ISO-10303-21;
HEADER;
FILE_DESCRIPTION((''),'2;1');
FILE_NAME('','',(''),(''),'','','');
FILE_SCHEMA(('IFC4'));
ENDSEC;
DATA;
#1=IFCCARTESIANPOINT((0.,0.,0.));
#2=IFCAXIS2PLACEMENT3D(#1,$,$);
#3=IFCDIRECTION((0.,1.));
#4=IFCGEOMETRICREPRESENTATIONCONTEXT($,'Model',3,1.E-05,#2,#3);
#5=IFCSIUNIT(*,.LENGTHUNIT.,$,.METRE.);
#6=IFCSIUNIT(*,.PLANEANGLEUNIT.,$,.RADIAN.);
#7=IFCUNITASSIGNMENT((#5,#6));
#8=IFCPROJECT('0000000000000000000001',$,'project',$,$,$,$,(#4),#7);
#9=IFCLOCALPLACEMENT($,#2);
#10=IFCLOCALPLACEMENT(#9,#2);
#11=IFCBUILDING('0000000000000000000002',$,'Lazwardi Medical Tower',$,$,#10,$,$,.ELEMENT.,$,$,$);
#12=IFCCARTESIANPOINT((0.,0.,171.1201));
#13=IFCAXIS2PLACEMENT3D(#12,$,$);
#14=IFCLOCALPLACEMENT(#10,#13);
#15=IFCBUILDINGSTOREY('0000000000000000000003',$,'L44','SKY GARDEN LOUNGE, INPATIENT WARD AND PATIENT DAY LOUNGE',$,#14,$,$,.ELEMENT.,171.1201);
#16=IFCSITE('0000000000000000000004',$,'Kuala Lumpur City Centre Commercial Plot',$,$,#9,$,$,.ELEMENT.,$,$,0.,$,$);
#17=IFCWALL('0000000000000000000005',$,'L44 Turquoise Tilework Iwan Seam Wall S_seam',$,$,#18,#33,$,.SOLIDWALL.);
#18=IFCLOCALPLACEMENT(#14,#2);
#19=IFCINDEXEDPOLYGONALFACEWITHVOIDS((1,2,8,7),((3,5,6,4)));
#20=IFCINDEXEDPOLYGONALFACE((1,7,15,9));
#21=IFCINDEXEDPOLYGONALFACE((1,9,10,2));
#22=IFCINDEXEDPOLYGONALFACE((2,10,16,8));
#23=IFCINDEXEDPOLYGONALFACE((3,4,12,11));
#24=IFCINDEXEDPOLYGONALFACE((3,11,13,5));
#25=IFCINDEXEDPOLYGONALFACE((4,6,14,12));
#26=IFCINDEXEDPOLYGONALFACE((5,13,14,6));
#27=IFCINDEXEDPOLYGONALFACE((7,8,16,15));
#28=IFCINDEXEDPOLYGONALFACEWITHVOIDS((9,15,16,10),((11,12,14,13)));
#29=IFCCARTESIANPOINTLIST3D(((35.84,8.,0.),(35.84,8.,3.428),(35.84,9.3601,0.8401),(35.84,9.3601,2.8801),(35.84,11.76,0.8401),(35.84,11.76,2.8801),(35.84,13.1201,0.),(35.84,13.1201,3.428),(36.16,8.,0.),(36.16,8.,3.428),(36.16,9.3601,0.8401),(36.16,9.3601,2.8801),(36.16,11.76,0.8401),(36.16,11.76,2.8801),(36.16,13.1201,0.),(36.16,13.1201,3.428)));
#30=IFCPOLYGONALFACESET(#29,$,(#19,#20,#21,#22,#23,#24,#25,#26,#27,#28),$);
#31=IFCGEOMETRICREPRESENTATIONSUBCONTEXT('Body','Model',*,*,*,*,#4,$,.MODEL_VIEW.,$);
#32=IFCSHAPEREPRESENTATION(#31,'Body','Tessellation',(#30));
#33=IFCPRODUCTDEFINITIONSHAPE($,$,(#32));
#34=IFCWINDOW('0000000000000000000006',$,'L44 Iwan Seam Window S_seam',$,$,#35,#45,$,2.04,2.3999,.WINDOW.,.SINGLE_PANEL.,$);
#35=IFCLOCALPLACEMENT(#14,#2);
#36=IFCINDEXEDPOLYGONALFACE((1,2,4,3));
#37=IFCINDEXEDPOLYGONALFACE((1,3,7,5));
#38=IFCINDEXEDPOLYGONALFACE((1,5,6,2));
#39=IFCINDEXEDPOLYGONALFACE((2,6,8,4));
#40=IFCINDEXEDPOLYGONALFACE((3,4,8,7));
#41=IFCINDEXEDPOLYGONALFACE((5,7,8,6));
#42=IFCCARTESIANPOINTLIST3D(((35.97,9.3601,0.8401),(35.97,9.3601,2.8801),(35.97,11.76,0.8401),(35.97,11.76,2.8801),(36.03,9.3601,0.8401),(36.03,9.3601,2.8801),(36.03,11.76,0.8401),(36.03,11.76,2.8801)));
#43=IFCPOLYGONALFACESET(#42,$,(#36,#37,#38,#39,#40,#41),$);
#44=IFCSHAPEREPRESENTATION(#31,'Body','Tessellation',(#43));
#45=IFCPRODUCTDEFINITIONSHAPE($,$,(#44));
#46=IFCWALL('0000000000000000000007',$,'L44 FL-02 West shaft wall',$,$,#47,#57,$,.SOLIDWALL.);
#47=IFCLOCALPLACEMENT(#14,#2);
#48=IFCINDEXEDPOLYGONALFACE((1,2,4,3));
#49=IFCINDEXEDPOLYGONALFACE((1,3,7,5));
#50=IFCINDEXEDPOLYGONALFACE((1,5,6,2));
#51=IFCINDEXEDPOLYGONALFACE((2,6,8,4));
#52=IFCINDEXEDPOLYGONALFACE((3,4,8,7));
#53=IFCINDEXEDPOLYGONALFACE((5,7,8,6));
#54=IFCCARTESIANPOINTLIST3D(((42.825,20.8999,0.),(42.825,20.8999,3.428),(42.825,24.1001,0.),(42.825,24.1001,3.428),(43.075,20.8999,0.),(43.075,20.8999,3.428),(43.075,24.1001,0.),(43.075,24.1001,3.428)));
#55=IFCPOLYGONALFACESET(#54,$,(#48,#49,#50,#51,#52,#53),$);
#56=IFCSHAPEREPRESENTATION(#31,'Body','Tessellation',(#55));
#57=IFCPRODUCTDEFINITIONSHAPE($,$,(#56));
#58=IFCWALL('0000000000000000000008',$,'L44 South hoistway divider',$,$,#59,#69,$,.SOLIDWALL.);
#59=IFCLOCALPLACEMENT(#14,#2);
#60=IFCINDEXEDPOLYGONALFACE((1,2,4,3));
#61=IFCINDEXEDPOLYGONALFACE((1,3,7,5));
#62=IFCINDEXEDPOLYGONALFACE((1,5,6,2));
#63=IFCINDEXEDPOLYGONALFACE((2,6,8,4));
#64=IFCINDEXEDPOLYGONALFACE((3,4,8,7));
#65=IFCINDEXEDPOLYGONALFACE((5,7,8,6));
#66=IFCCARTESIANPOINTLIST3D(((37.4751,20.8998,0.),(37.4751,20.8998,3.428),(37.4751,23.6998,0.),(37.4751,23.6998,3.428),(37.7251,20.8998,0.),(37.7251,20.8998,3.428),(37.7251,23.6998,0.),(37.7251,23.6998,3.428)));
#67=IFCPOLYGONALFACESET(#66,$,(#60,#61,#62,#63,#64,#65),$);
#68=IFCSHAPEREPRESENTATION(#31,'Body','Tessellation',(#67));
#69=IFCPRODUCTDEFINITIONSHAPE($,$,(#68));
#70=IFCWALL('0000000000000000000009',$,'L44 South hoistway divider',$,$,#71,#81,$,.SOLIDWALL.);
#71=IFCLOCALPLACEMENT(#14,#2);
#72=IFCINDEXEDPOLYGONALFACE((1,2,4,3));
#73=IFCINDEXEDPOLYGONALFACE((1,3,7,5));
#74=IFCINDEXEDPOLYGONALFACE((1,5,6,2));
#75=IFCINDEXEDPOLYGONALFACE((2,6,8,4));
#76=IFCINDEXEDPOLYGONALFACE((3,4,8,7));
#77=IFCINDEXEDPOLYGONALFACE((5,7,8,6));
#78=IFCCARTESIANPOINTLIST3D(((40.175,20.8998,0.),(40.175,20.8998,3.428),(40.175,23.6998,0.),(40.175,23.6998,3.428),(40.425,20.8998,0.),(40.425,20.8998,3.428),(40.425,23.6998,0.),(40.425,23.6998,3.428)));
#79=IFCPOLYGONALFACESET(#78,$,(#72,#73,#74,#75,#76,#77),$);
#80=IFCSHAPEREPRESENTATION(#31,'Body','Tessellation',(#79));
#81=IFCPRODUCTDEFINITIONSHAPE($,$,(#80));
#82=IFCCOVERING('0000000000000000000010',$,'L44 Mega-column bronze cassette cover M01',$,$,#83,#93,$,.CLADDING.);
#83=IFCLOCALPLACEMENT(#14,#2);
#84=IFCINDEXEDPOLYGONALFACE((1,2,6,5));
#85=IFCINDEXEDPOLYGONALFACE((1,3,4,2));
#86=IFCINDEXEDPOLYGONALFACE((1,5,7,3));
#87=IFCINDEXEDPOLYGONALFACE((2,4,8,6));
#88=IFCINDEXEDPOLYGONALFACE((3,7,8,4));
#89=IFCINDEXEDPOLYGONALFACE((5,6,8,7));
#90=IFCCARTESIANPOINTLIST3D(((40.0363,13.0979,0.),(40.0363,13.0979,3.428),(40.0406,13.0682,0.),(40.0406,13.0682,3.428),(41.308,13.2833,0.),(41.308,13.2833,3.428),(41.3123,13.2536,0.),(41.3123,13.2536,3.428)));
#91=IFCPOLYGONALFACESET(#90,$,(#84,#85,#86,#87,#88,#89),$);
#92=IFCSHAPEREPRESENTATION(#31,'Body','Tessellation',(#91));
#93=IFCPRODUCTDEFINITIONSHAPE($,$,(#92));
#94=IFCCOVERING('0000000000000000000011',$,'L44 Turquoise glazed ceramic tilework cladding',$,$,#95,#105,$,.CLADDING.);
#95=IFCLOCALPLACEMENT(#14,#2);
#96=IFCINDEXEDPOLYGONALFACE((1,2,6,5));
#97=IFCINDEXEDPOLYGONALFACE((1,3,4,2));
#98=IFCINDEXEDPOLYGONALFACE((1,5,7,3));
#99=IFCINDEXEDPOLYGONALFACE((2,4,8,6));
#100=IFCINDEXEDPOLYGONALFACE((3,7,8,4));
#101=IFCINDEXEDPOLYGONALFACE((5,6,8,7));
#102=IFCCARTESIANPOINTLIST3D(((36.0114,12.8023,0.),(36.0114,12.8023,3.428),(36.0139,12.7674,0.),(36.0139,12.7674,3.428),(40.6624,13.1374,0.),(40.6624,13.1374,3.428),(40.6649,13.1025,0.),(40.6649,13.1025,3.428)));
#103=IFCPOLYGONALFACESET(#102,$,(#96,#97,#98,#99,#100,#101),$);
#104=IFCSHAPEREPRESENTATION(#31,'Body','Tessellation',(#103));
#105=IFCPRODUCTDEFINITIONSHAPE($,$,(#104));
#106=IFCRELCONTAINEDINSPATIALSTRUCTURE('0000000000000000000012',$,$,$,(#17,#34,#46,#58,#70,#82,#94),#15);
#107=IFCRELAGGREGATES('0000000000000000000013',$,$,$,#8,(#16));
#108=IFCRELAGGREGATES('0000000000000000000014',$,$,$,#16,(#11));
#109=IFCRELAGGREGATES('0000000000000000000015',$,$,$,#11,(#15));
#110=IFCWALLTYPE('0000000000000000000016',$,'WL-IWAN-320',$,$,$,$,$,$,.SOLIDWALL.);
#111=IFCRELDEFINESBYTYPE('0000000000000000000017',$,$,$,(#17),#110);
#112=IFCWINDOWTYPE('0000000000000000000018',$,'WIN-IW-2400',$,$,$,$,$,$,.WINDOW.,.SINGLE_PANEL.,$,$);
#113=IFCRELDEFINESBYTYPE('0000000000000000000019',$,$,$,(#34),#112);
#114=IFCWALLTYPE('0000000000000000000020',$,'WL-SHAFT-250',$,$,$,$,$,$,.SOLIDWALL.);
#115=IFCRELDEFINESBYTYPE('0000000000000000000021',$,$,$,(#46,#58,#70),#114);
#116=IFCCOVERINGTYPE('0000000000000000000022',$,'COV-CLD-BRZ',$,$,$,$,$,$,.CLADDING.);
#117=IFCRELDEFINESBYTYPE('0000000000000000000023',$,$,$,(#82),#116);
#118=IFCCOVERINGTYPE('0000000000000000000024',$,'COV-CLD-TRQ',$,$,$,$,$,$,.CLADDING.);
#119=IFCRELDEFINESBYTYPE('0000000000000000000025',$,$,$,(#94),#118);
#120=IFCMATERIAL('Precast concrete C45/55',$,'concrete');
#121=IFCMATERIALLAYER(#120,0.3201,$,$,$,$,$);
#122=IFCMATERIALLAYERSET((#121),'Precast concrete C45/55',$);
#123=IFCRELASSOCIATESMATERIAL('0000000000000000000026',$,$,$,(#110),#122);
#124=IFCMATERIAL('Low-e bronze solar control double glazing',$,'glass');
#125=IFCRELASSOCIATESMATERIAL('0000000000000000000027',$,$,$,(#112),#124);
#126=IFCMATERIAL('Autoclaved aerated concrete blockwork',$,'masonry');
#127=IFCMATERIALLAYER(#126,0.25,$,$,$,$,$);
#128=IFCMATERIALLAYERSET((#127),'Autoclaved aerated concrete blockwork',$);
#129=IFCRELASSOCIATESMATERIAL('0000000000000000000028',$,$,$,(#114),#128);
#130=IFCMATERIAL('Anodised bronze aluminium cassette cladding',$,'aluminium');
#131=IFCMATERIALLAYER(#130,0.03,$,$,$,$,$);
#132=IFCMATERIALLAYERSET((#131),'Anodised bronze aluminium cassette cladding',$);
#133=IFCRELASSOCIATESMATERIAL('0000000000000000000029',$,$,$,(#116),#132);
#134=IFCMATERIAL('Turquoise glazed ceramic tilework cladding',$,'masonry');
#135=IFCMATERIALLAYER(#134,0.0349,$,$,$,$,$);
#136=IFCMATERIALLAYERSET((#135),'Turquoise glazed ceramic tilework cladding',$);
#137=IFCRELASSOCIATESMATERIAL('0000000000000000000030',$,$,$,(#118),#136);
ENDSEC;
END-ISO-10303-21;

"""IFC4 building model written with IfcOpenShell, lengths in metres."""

from ifc_helpers import new_model, si_unit, direction, frame, frame_2d, origin, origin_2d, place, context, subcontext, project, spatial, rectangle, extrude, material, layer, layer_set, type_object, element, fill, save


model = new_model("IFC4")

# Units and contexts
model_context = context("Model", 3, precision=1e-05, world=origin(), true_north=direction((0.0, 1.0)))
body_context = subcontext(model_context, "Body", "Model", "MODEL_VIEW")
ifc_project = project(units=[si_unit("LENGTHUNIT", "METRE"), si_unit("PLANEANGLEUNIT", "RADIAN")], contexts=[model_context])

# Site, building, storey
site_placement = place(None, origin())
site = spatial("IfcSite", under=ifc_project, at=site_placement, Name="Kuala Lumpur City Centre Commercial Plot", CompositionType="ELEMENT", RefElevation=0.0)
building_placement = place(site_placement, origin())
building = spatial("IfcBuilding", under=site, at=building_placement, Name="Lazwardi Medical Tower", CompositionType="ELEMENT")
storey_placement = place(building_placement, frame((0.0, 0.0, 171.1201)))
storey = spatial("IfcBuildingStorey", under=building, at=storey_placement, Name="L44", Description="SKY GARDEN LOUNGE, INPATIENT WARD AND PATIENT DAY LOUNGE", CompositionType="ELEMENT", Elevation=171.1201)

# Shared definitions
ifc_material_1 = material(Name="Low-e bronze solar control double glazing", Category="glass")

# Wall, opening, window
ifc_material_2 = material(Name="Precast concrete C45/55", Category="concrete")
ifc_layer_1 = layer(ifc_material_2, 0.3201)
ifc_layer_set_1 = layer_set([ifc_layer_1], Name="Precast concrete C45/55")
wall_type_1 = type_object("IfcWallType", Name="WL-IWAN-320", PredefinedType="SOLIDWALL", material=ifc_layer_set_1)
wall_1_placement = place(storey_placement, frame((36.0, 8.0, 0.0), z_axis=(0.0, 0.0, 1.0), x_axis=(0.0, 1.0, 0.0)))
wall_1 = element("IfcWall", 1, at=wall_1_placement, inside=storey, type_object=wall_type_1, Name="L44 Turquoise Tilework Iwan Seam Wall S_seam", PredefinedType="SOLIDWALL", context=body_context, shape_type="SweptSolid", body=[
    extrude(rectangle(XDim=5.1201, YDim=0.3201, at=frame_2d((2.5601, 0.0))), origin(), (0.0, 0.0, 1.0), 3.428),
])
opening_placement = place(wall_1_placement, frame((1.3601, 0.0, 0.8401)))
opening = element("IfcOpeningElement", 2, at=opening_placement, cuts=wall_1, PredefinedType="OPENING", context=body_context, shape_type="SweptSolid", body=[
    extrude(rectangle(XDim=2.3999, YDim=2.04, at=frame_2d((1.2, 1.02))), frame((0.0, 0.1699, 0.0), z_axis=(0.0, -1.0, 0.0), x_axis=(1.0, 0.0, 0.0)), (0.0, 0.0, 1.0), 0.3401),
])
window_type = type_object("IfcWindowType", Name="WIN-IW-2400", PartitioningType="SINGLE_PANEL", PredefinedType="WINDOW", material=ifc_material_1)
window_placement = place(opening_placement, origin())
window = element("IfcWindow", 3, at=window_placement, inside=storey, type_object=window_type, Name="L44 Iwan Seam Window S_seam", OverallHeight=2.04, OverallWidth=2.3999, PartitioningType="SINGLE_PANEL", PredefinedType="WINDOW", context=body_context, shape_type="SweptSolid", body=[
    extrude(rectangle(XDim=2.3999, YDim=2.04, at=frame_2d((1.2, 1.02))), frame((0.0, 0.03, 0.0), z_axis=(0.0, -1.0, 0.0), x_axis=(1.0, 0.0, 0.0)), (0.0, 0.0, 1.0), 0.0601),
])
fill(opening, window)

# Walls
ifc_material_3 = material(Name="Autoclaved aerated concrete blockwork", Category="masonry")
ifc_layer_2 = layer(ifc_material_3, 0.25)
ifc_layer_set_2 = layer_set([ifc_layer_2], Name="Autoclaved aerated concrete blockwork")
wall_type_2 = type_object("IfcWallType", Name="WL-SHAFT-250", PredefinedType="SOLIDWALL", material=ifc_layer_set_2)
wall_2_placement = place(storey_placement, frame((42.95, 20.8999, 0.0), z_axis=(0.0, 0.0, 1.0), x_axis=(0.0, 1.0, 0.0)))
element("IfcWall", 4, at=wall_2_placement, inside=storey, type_object=wall_type_2, Name="L44 FL-02 West shaft wall", PredefinedType="SOLIDWALL", context=body_context, shape_type="SweptSolid", body=[
    extrude(rectangle(XDim=3.2002, YDim=0.25, at=frame_2d((1.6001, 0.0))), origin(), (0.0, 0.0, 1.0), 3.428),
])
for number, where, z_axis, x_axis, name in (
    (5, (37.6001, 20.8999, 0.0), (0.0, 0.0, 1.0), (0.0, 1.0, 0.0), "L44 South hoistway divider"),
    (6, (40.3, 20.8999, 0.0), (0.0, 0.0, 1.0), (0.0, 1.0, 0.0), "L44 South hoistway divider"),
):
    element("IfcWall", number, at=place(storey_placement, frame(where, z_axis=z_axis, x_axis=x_axis)), inside=storey, type_object=wall_type_2, Name=name, PredefinedType="SOLIDWALL", context=body_context, shape_type="SweptSolid", body=[
        extrude(rectangle(XDim=2.8, YDim=0.25, at=frame_2d((1.3999, 0.0))), origin(), (0.0, 0.0, 1.0), 3.428),
    ])

# Coverings
ifc_material_4 = material(Name="Anodised bronze aluminium cassette cladding", Category="aluminium")
ifc_layer_3 = layer(ifc_material_4, 0.03)
ifc_layer_set_3 = layer_set([ifc_layer_3], Name="Anodised bronze aluminium cassette cladding")
covering_type_1 = type_object("IfcCoveringType", Name="COV-CLD-BRZ", PredefinedType="CLADDING", material=ifc_layer_set_3)
covering_1_placement = place(storey_placement, frame((40.6743, 13.1758, 0.0), z_axis=(0.0, 0.0, 1.0), x_axis=(0.989539, 0.144265, 0.0)))
element("IfcCovering", 7, at=covering_1_placement, inside=storey, type_object=covering_type_1, Name="L44 Mega-column bronze cassette cover M01", PredefinedType="CLADDING", context=body_context, shape_type="SweptSolid", body=[
    extrude(rectangle(XDim=1.2852, YDim=0.03, at=origin_2d()), origin(), (0.0, 0.0, 1.0), 3.428),
])
ifc_material_5 = material(Name="Turquoise glazed ceramic tilework cladding", Category="masonry")
ifc_layer_4 = layer(ifc_material_5, 0.0349)
ifc_layer_set_4 = layer_set([ifc_layer_4], Name="Turquoise glazed ceramic tilework cladding")
covering_type_2 = type_object("IfcCoveringType", Name="COV-CLD-TRQ", PredefinedType="CLADDING", material=ifc_layer_set_4)
covering_2_placement = place(storey_placement, frame((38.3381, 12.9524, 0.0), z_axis=(0.0, 0.0, 1.0), x_axis=(0.997415, 0.071863, 0.0)))
element("IfcCovering", 8, at=covering_2_placement, inside=storey, type_object=covering_type_2, Name="L44 Turquoise glazed ceramic tilework cladding", PredefinedType="CLADDING", context=body_context, shape_type="SweptSolid", body=[
    extrude(rectangle(XDim=4.6631, YDim=0.0349, at=origin_2d()), origin(), (0.0, 0.0, 1.0), 3.428),
])

save(model, "model.ifc")
